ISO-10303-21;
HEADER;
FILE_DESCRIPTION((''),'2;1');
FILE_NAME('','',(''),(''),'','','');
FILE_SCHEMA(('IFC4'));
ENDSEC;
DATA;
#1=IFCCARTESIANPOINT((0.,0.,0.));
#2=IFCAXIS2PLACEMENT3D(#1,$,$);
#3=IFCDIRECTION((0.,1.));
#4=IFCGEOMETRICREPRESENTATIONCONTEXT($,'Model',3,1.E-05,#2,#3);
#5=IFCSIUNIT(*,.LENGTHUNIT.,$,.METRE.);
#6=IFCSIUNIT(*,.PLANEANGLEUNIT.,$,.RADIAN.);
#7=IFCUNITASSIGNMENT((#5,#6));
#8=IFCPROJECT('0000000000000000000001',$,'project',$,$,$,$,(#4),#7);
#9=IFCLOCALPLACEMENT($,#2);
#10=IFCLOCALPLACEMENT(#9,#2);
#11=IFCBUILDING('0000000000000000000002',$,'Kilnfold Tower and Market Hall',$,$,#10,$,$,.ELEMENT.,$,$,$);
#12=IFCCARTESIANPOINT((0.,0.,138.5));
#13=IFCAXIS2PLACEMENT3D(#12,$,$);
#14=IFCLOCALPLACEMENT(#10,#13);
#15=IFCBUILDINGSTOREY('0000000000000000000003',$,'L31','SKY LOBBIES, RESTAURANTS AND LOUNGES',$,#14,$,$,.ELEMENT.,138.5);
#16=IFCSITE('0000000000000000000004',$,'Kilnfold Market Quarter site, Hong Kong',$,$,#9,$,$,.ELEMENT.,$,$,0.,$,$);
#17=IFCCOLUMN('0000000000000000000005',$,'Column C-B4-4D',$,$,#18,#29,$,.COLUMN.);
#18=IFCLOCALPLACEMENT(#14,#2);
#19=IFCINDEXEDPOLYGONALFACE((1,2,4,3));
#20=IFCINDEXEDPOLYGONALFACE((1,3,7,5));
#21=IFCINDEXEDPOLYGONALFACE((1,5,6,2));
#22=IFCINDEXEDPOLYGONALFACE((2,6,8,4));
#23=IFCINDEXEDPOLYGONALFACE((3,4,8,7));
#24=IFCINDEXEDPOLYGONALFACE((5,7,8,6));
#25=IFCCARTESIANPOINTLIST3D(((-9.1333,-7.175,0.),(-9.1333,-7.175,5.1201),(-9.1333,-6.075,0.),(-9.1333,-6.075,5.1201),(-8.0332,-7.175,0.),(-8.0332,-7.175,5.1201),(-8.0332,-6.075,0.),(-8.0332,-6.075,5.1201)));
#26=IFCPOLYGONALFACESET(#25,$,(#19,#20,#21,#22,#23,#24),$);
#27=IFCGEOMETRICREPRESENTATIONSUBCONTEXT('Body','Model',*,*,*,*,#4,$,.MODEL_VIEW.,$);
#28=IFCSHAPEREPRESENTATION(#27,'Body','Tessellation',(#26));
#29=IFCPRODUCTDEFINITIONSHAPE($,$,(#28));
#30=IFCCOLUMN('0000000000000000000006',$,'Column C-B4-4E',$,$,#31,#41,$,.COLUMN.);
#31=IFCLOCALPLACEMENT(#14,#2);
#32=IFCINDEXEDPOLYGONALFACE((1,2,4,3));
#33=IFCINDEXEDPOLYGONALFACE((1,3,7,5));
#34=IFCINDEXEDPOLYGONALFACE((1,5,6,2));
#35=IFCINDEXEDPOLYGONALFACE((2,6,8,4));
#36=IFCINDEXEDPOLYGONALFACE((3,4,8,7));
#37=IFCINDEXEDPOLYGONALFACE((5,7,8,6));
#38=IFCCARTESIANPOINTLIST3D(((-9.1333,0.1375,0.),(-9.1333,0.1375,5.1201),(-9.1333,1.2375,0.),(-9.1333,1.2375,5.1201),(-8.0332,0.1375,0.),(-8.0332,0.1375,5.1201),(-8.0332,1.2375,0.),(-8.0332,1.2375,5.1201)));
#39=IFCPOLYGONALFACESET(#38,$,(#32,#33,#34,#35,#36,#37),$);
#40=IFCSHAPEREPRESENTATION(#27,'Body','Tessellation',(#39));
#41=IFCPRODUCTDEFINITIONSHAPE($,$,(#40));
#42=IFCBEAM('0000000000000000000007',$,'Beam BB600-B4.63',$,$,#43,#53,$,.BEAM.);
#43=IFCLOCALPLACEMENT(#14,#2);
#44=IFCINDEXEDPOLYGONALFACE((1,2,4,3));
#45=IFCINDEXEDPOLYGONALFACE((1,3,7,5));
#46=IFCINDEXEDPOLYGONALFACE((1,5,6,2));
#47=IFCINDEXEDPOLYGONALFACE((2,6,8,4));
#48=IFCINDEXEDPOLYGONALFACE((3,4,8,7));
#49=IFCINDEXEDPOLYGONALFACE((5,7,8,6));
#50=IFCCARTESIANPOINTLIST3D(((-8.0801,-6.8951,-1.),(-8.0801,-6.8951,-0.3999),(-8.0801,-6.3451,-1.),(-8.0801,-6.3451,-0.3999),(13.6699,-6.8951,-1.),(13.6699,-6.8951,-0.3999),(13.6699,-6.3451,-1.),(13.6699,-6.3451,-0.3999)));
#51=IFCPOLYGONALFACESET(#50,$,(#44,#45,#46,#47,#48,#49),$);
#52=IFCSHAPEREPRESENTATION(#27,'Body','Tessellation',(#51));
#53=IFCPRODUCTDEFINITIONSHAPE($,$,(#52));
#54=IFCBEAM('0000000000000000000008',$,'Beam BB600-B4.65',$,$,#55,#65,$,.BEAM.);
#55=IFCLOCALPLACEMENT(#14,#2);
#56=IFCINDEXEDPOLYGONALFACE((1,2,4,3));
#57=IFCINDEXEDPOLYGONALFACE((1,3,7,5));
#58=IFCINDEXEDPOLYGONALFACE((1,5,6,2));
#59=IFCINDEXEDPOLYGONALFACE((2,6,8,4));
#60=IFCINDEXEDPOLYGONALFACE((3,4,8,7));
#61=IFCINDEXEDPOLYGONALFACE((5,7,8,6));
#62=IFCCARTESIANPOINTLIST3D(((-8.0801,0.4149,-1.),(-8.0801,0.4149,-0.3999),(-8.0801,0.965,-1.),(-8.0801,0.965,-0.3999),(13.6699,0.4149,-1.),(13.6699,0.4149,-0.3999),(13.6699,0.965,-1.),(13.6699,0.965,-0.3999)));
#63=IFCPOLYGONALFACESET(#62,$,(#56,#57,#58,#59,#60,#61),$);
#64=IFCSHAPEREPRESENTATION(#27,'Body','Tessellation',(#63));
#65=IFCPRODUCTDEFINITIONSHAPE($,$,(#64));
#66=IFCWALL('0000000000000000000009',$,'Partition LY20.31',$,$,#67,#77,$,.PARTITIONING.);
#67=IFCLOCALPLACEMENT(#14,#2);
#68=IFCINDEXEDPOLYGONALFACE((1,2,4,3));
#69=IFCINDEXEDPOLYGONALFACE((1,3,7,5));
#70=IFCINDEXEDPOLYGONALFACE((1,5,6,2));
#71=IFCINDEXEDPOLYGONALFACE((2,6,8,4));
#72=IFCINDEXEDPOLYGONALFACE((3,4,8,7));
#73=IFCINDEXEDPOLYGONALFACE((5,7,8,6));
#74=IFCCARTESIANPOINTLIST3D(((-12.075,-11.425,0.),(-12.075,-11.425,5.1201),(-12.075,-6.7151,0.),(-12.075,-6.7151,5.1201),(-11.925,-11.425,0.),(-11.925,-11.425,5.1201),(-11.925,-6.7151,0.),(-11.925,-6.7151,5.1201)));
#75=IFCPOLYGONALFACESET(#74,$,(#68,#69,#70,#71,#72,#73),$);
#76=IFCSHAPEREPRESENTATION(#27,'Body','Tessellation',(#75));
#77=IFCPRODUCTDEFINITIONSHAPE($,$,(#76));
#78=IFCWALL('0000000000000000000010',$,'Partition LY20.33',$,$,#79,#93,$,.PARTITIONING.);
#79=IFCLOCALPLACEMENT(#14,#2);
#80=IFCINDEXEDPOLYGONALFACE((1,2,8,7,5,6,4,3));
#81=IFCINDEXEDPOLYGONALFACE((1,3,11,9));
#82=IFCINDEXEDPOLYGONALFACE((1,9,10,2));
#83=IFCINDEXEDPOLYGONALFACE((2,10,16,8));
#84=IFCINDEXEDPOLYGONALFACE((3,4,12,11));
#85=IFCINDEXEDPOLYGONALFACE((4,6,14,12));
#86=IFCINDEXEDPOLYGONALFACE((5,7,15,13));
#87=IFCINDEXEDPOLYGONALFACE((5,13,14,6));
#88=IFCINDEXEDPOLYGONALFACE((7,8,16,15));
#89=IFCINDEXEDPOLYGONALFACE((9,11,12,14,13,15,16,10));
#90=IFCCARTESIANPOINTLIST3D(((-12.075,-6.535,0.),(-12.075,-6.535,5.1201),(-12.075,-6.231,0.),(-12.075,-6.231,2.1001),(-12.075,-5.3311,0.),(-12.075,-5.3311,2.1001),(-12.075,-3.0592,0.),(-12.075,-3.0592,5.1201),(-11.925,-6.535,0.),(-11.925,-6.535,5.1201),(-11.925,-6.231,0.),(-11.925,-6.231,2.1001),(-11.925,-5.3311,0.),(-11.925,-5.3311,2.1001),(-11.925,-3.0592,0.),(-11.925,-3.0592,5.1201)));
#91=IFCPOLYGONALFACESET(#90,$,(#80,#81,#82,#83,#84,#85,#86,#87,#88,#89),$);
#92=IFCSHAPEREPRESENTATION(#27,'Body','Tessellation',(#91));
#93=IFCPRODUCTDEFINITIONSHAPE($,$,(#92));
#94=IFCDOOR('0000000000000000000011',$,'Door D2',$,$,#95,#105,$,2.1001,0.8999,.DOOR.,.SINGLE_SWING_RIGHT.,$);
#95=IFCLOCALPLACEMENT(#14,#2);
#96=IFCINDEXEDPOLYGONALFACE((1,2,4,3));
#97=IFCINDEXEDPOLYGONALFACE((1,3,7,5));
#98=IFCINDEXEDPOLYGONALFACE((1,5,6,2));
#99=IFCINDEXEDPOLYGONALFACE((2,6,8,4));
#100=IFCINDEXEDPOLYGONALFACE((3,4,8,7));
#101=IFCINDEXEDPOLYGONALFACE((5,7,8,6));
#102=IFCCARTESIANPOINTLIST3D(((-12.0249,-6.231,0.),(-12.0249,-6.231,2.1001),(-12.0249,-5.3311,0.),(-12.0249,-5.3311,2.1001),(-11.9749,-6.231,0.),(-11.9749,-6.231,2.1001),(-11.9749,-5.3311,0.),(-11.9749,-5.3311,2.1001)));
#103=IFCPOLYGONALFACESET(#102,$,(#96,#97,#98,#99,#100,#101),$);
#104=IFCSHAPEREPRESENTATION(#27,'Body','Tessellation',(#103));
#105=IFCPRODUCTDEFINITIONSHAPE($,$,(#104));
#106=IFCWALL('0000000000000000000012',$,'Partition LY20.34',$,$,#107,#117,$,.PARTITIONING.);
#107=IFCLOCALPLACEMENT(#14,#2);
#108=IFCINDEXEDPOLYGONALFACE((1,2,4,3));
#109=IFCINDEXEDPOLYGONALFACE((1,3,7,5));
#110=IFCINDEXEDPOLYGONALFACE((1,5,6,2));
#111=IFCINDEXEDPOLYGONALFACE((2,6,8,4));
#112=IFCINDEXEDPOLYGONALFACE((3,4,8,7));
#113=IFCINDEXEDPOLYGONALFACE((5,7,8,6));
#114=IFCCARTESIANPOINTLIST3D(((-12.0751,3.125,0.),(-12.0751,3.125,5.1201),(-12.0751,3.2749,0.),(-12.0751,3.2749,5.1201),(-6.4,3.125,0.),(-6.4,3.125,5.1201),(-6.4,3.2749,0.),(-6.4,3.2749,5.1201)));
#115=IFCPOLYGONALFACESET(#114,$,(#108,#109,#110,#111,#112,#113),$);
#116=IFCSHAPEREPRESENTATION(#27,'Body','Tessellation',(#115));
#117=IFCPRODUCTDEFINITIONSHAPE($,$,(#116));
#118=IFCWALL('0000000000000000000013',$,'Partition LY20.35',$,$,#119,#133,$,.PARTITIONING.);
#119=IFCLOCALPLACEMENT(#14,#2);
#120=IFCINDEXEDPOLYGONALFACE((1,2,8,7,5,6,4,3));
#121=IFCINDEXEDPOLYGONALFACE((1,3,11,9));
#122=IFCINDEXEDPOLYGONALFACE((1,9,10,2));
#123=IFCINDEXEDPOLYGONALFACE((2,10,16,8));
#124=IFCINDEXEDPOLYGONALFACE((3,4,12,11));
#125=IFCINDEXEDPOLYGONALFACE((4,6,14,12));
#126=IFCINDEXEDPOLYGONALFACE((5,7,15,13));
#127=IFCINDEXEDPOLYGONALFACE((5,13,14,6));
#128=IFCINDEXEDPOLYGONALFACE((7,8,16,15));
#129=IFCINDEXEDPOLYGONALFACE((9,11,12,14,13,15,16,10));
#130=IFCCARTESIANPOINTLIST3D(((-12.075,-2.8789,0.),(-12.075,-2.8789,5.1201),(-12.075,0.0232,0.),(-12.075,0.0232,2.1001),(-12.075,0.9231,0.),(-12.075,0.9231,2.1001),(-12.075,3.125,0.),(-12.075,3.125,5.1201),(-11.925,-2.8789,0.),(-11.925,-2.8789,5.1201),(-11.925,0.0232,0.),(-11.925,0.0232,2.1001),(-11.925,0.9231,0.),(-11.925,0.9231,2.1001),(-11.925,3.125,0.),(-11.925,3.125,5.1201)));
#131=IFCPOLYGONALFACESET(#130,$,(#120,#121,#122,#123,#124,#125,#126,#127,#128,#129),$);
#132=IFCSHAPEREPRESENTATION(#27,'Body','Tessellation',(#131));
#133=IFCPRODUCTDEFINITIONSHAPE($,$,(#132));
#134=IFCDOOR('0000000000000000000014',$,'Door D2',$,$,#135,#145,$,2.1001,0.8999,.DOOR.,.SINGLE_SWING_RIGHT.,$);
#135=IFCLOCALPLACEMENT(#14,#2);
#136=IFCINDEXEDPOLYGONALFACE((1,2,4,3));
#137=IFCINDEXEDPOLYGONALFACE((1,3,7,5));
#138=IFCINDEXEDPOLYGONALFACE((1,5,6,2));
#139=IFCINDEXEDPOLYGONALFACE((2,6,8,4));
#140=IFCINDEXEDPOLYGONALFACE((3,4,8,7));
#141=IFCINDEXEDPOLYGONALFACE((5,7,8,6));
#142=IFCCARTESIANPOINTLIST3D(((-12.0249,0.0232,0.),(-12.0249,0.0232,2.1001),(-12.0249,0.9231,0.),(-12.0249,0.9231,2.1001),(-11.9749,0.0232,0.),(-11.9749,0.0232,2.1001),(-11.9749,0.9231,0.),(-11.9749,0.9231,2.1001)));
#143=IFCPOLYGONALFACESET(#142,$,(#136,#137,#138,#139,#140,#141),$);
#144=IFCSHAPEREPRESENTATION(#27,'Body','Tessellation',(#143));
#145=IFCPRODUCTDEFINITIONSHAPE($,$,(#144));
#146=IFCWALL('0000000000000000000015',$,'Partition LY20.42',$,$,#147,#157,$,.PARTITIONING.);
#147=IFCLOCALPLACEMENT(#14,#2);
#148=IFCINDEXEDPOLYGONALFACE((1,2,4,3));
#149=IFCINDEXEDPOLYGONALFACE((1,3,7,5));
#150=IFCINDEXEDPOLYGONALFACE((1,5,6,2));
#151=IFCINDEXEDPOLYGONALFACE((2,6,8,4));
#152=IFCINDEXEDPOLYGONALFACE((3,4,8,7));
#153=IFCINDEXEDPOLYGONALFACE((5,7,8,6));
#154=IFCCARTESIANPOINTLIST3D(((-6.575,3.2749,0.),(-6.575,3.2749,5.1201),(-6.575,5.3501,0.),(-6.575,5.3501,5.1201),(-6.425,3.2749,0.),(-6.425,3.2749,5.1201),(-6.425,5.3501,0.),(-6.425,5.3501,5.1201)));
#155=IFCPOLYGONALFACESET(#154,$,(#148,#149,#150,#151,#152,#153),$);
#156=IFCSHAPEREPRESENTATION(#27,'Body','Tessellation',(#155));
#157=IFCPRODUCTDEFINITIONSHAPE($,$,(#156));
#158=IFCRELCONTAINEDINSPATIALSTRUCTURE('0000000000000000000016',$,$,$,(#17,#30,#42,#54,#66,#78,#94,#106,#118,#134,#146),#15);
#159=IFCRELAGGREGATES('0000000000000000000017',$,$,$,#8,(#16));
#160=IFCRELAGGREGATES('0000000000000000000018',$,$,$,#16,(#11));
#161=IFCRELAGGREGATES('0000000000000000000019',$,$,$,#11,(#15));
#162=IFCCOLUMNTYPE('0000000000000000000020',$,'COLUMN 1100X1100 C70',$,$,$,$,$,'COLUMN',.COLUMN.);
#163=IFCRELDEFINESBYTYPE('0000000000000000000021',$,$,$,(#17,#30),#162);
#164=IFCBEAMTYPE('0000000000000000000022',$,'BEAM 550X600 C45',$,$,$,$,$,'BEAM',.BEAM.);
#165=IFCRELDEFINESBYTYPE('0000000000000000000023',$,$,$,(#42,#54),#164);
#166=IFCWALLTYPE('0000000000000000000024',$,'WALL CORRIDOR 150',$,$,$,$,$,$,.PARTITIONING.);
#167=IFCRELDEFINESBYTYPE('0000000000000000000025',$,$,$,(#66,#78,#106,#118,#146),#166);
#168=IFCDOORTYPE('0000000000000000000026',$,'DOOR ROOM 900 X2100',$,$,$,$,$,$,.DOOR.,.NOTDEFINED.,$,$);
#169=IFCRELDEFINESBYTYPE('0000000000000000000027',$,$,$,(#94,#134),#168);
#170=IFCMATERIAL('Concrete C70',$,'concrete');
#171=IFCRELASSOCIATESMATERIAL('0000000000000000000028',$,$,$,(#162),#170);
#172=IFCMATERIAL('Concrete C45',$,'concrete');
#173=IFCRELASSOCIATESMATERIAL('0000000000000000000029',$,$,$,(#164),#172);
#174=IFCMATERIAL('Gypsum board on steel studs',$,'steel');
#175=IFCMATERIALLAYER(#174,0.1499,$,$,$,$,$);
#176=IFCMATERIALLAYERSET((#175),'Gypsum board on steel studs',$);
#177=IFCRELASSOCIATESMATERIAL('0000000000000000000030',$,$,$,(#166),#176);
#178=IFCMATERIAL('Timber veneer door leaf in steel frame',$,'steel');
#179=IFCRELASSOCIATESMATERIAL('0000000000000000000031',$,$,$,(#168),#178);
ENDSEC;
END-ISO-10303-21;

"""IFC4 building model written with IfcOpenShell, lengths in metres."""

from ifc_helpers import new_model, si_unit, direction, frame, frame_2d, origin, origin_2d, place, context, subcontext, project, spatial, rectangle, extrude, source, transform, mapped, material, layer, layer_set, material_profile, profile_set, type_object, element, fill, save


model = new_model("IFC4")

# Units and contexts
model_context = context("Model", 3, precision=1e-05, world=origin(), true_north=direction((0.0, 1.0)))
body_context = subcontext(model_context, "Body", "Model", "MODEL_VIEW")
ifc_project = project(units=[si_unit("LENGTHUNIT", "METRE"), si_unit("PLANEANGLEUNIT", "RADIAN")], contexts=[model_context])

# Site, building, storey
site_placement = place(None, origin())
site = spatial("IfcSite", under=ifc_project, at=site_placement, Name="Kilnfold Market Quarter site, Hong Kong", CompositionType="ELEMENT", RefElevation=0.0)
building_placement = place(site_placement, origin())
building = spatial("IfcBuilding", under=site, at=building_placement, Name="Kilnfold Tower and Market Hall", CompositionType="ELEMENT")
storey_placement = place(building_placement, frame((0.0, 0.0, 138.5)))
storey = spatial("IfcBuildingStorey", under=building, at=storey_placement, Name="L31", Description="SKY LOBBIES, RESTAURANTS AND LOUNGES", CompositionType="ELEMENT", Elevation=138.5)

# Columns
ifc_material_1 = material(Name="Concrete C70", Category="concrete")
ifc_material_profile_1 = material_profile(ifc_material_1, rectangle(XDim=1.1001, YDim=1.1001, at=origin_2d()), Name="RC 1100x1100")
ifc_profile_set_1 = profile_set([ifc_material_profile_1], Name="Concrete C70")
column_type = type_object("IfcColumnType", Name="COLUMN 1100X1100 C70", ElementType="COLUMN", PredefinedType="COLUMN", material=ifc_profile_set_1)
shared_shape_1 = source(origin(), body_context, "Body", "SweptSolid", [
    extrude(rectangle(XDim=1.1001, YDim=1.1001, at=origin_2d()), origin(), (0.0, 0.0, 1.0), 5.1201),
])
for number, where, z_axis, x_axis, name in (
    (1, (-8.5833, -6.625, 0.0), (0.0, 0.0, 1.0), (1.0, 0.0, 0.0), "Column C-B4-4D"),
    (2, (-8.5833, 0.6875, 0.0), (0.0, 0.0, 1.0), (1.0, 0.0, 0.0), "Column C-B4-4E"),
):
    element("IfcColumn", number, at=place(storey_placement, frame(where, z_axis=z_axis, x_axis=x_axis)), inside=storey, type_object=column_type, Name=name, PredefinedType="COLUMN", context=body_context, shape_type="MappedRepresentation", body=[
        mapped(shared_shape_1, transform((0.0, 0.0, 0.0))),
    ])

# Beams
ifc_material_2 = material(Name="Concrete C45", Category="concrete")
ifc_material_profile_2 = material_profile(ifc_material_2, rectangle(XDim=0.55, YDim=0.6001, at=origin_2d()), Name="RC 550x600")
ifc_profile_set_2 = profile_set([ifc_material_profile_2], Name="Concrete C45")
beam_type = type_object("IfcBeamType", Name="BEAM 550X600 C45", ElementType="BEAM", PredefinedType="BEAM", material=ifc_profile_set_2)
shared_shape_2 = source(origin(), body_context, "Body", "SweptSolid", [
    extrude(rectangle(XDim=0.55, YDim=0.6001, at=origin_2d()), origin(), (0.0, 0.0, 1.0), 21.75),
])
for number, where, z_axis, x_axis, name in (
    (3, (-8.0801, -6.6201, -0.7), (1.0, 0.0, 0.0), (0.0, 1.0, 0.0), "Beam BB600-B4.63"),
    (4, (-8.0801, 0.6899, -0.7), (1.0, 0.0, 0.0), (0.0, 1.0, 0.0), "Beam BB600-B4.65"),
):
    element("IfcBeam", number, at=place(storey_placement, frame(where, z_axis=z_axis, x_axis=x_axis)), inside=storey, type_object=beam_type, Name=name, PredefinedType="BEAM", context=body_context, shape_type="MappedRepresentation", body=[
        mapped(shared_shape_2, transform((0.0, 0.0, 0.0))),
    ])

# Wall
ifc_material_3 = material(Name="Gypsum board on steel studs", Category="steel")
ifc_layer_1 = layer(ifc_material_3, 0.1499)
ifc_layer_set_1 = layer_set([ifc_layer_1], Name="Gypsum board on steel studs")
wall_type_1 = type_object("IfcWallType", Name="WALL CORRIDOR 150", PredefinedType="PARTITIONING", material=ifc_layer_set_1)
wall_1_placement = place(storey_placement, frame((-12.0, -11.425, 0.0), z_axis=(0.0, 0.0, 1.0), x_axis=(0.0, 1.0, 0.0)))
element("IfcWall", 5, at=wall_1_placement, inside=storey, type_object=wall_type_1, Name="Partition LY20.31", PredefinedType="PARTITIONING", context=body_context, shape_type="SweptSolid", body=[
    extrude(rectangle(XDim=4.71, YDim=0.1499, at=frame_2d((2.355, 0.0))), origin(), (0.0, 0.0, 1.0), 5.1201),
])

# Wall, opening, door
wall_2_placement = place(storey_placement, frame((-12.0, -6.5349, 0.0), z_axis=(0.0, 0.0, 1.0), x_axis=(0.0, 1.0, 0.0)))
wall_2 = element("IfcWall", 6, at=wall_2_placement, inside=storey, type_object=wall_type_1, Name="Partition LY20.33", PredefinedType="PARTITIONING", context=body_context, shape_type="SweptSolid", body=[
    extrude(rectangle(XDim=3.4758, YDim=0.1499, at=frame_2d((1.7378, 0.0))), origin(), (0.0, 0.0, 1.0), 5.1201),
])
opening_1_placement = place(wall_2_placement, frame((0.304, 0.0, 0.0)))
opening_1 = element("IfcOpeningElement", 7, at=opening_1_placement, cuts=wall_2, PredefinedType="OPENING", context=body_context, shape_type="SweptSolid", body=[
    extrude(rectangle(XDim=0.8999, YDim=2.1001, at=frame_2d((0.45, 1.05))), frame((0.0, 0.085, 0.0), z_axis=(0.0, -1.0, 0.0), x_axis=(1.0, 0.0, 0.0)), (0.0, 0.0, 1.0), 0.1699),
])
ifc_material_4 = material(Name="Timber veneer door leaf in steel frame", Category="steel")
door_type_1 = type_object("IfcDoorType", Name="DOOR ROOM 900 X2100", OperationType="NOTDEFINED", PredefinedType="DOOR", material=ifc_material_4)
door_1_placement = place(opening_1_placement, origin())
door_1 = element("IfcDoor", 8, at=door_1_placement, inside=storey, type_object=door_type_1, Name="Door D2", OperationType="SINGLE_SWING_RIGHT", OverallHeight=2.1001, OverallWidth=0.8999, PredefinedType="DOOR", context=body_context, shape_type="SweptSolid", body=[
    extrude(rectangle(XDim=0.8999, YDim=2.1001, at=frame_2d((0.45, 1.05))), frame((0.0, 0.0249, 0.0), z_axis=(0.0, -1.0, 0.0), x_axis=(1.0, 0.0, 0.0)), (0.0, 0.0, 1.0), 0.05),
])
fill(opening_1, door_1)

# Wall
wall_3_placement = place(storey_placement, frame((-12.075, 3.2, 0.0), z_axis=(0.0, 0.0, 1.0), x_axis=(1.0, 0.0, 0.0)))
element("IfcWall", 9, at=wall_3_placement, inside=storey, type_object=wall_type_1, Name="Partition LY20.34", PredefinedType="PARTITIONING", context=body_context, shape_type="SweptSolid", body=[
    extrude(rectangle(XDim=5.675, YDim=0.1499, at=frame_2d((2.8374, 0.0))), origin(), (0.0, 0.0, 1.0), 5.1201),
])

# Wall, opening, door
wall_4_placement = place(storey_placement, frame((-12.0, -2.8789, 0.0), z_axis=(0.0, 0.0, 1.0), x_axis=(0.0, 1.0, 0.0)))
wall_4 = element("IfcWall", 10, at=wall_4_placement, inside=storey, type_object=wall_type_1, Name="Partition LY20.35", PredefinedType="PARTITIONING", context=body_context, shape_type="SweptSolid", body=[
    extrude(rectangle(XDim=6.0039, YDim=0.1499, at=frame_2d((3.002, 0.0))), origin(), (0.0, 0.0, 1.0), 5.1201),
])
opening_2_placement = place(wall_4_placement, frame((2.9021, 0.0, 0.0)))
opening_2 = element("IfcOpeningElement", 11, at=opening_2_placement, cuts=wall_4, PredefinedType="OPENING", context=body_context, shape_type="SweptSolid", body=[
    extrude(rectangle(XDim=0.8999, YDim=2.1001, at=frame_2d((0.45, 1.05))), frame((0.0, 0.085, 0.0), z_axis=(0.0, -1.0, 0.0), x_axis=(1.0, 0.0, 0.0)), (0.0, 0.0, 1.0), 0.1699),
])
door_2_placement = place(opening_2_placement, origin())
door_2 = element("IfcDoor", 12, at=door_2_placement, inside=storey, type_object=door_type_1, Name="Door D2", OperationType="SINGLE_SWING_RIGHT", OverallHeight=2.1001, OverallWidth=0.8999, PredefinedType="DOOR", context=body_context, shape_type="SweptSolid", body=[
    extrude(rectangle(XDim=0.8999, YDim=2.1001, at=frame_2d((0.45, 1.05))), frame((0.0, 0.0249, 0.0), z_axis=(0.0, -1.0, 0.0), x_axis=(1.0, 0.0, 0.0)), (0.0, 0.0, 1.0), 0.05),
])
fill(opening_2, door_2)

# Wall
wall_5_placement = place(storey_placement, frame((-6.5, 3.2749, 0.0), z_axis=(0.0, 0.0, 1.0), x_axis=(0.0, 1.0, 0.0)))
element("IfcWall", 13, at=wall_5_placement, inside=storey, type_object=wall_type_1, Name="Partition LY20.42", PredefinedType="PARTITIONING", context=body_context, shape_type="SweptSolid", body=[
    extrude(rectangle(XDim=2.0752, YDim=0.1499, at=frame_2d((1.0376, 0.0))), origin(), (0.0, 0.0, 1.0), 5.1201),
])

save(model, "model.ifc")
